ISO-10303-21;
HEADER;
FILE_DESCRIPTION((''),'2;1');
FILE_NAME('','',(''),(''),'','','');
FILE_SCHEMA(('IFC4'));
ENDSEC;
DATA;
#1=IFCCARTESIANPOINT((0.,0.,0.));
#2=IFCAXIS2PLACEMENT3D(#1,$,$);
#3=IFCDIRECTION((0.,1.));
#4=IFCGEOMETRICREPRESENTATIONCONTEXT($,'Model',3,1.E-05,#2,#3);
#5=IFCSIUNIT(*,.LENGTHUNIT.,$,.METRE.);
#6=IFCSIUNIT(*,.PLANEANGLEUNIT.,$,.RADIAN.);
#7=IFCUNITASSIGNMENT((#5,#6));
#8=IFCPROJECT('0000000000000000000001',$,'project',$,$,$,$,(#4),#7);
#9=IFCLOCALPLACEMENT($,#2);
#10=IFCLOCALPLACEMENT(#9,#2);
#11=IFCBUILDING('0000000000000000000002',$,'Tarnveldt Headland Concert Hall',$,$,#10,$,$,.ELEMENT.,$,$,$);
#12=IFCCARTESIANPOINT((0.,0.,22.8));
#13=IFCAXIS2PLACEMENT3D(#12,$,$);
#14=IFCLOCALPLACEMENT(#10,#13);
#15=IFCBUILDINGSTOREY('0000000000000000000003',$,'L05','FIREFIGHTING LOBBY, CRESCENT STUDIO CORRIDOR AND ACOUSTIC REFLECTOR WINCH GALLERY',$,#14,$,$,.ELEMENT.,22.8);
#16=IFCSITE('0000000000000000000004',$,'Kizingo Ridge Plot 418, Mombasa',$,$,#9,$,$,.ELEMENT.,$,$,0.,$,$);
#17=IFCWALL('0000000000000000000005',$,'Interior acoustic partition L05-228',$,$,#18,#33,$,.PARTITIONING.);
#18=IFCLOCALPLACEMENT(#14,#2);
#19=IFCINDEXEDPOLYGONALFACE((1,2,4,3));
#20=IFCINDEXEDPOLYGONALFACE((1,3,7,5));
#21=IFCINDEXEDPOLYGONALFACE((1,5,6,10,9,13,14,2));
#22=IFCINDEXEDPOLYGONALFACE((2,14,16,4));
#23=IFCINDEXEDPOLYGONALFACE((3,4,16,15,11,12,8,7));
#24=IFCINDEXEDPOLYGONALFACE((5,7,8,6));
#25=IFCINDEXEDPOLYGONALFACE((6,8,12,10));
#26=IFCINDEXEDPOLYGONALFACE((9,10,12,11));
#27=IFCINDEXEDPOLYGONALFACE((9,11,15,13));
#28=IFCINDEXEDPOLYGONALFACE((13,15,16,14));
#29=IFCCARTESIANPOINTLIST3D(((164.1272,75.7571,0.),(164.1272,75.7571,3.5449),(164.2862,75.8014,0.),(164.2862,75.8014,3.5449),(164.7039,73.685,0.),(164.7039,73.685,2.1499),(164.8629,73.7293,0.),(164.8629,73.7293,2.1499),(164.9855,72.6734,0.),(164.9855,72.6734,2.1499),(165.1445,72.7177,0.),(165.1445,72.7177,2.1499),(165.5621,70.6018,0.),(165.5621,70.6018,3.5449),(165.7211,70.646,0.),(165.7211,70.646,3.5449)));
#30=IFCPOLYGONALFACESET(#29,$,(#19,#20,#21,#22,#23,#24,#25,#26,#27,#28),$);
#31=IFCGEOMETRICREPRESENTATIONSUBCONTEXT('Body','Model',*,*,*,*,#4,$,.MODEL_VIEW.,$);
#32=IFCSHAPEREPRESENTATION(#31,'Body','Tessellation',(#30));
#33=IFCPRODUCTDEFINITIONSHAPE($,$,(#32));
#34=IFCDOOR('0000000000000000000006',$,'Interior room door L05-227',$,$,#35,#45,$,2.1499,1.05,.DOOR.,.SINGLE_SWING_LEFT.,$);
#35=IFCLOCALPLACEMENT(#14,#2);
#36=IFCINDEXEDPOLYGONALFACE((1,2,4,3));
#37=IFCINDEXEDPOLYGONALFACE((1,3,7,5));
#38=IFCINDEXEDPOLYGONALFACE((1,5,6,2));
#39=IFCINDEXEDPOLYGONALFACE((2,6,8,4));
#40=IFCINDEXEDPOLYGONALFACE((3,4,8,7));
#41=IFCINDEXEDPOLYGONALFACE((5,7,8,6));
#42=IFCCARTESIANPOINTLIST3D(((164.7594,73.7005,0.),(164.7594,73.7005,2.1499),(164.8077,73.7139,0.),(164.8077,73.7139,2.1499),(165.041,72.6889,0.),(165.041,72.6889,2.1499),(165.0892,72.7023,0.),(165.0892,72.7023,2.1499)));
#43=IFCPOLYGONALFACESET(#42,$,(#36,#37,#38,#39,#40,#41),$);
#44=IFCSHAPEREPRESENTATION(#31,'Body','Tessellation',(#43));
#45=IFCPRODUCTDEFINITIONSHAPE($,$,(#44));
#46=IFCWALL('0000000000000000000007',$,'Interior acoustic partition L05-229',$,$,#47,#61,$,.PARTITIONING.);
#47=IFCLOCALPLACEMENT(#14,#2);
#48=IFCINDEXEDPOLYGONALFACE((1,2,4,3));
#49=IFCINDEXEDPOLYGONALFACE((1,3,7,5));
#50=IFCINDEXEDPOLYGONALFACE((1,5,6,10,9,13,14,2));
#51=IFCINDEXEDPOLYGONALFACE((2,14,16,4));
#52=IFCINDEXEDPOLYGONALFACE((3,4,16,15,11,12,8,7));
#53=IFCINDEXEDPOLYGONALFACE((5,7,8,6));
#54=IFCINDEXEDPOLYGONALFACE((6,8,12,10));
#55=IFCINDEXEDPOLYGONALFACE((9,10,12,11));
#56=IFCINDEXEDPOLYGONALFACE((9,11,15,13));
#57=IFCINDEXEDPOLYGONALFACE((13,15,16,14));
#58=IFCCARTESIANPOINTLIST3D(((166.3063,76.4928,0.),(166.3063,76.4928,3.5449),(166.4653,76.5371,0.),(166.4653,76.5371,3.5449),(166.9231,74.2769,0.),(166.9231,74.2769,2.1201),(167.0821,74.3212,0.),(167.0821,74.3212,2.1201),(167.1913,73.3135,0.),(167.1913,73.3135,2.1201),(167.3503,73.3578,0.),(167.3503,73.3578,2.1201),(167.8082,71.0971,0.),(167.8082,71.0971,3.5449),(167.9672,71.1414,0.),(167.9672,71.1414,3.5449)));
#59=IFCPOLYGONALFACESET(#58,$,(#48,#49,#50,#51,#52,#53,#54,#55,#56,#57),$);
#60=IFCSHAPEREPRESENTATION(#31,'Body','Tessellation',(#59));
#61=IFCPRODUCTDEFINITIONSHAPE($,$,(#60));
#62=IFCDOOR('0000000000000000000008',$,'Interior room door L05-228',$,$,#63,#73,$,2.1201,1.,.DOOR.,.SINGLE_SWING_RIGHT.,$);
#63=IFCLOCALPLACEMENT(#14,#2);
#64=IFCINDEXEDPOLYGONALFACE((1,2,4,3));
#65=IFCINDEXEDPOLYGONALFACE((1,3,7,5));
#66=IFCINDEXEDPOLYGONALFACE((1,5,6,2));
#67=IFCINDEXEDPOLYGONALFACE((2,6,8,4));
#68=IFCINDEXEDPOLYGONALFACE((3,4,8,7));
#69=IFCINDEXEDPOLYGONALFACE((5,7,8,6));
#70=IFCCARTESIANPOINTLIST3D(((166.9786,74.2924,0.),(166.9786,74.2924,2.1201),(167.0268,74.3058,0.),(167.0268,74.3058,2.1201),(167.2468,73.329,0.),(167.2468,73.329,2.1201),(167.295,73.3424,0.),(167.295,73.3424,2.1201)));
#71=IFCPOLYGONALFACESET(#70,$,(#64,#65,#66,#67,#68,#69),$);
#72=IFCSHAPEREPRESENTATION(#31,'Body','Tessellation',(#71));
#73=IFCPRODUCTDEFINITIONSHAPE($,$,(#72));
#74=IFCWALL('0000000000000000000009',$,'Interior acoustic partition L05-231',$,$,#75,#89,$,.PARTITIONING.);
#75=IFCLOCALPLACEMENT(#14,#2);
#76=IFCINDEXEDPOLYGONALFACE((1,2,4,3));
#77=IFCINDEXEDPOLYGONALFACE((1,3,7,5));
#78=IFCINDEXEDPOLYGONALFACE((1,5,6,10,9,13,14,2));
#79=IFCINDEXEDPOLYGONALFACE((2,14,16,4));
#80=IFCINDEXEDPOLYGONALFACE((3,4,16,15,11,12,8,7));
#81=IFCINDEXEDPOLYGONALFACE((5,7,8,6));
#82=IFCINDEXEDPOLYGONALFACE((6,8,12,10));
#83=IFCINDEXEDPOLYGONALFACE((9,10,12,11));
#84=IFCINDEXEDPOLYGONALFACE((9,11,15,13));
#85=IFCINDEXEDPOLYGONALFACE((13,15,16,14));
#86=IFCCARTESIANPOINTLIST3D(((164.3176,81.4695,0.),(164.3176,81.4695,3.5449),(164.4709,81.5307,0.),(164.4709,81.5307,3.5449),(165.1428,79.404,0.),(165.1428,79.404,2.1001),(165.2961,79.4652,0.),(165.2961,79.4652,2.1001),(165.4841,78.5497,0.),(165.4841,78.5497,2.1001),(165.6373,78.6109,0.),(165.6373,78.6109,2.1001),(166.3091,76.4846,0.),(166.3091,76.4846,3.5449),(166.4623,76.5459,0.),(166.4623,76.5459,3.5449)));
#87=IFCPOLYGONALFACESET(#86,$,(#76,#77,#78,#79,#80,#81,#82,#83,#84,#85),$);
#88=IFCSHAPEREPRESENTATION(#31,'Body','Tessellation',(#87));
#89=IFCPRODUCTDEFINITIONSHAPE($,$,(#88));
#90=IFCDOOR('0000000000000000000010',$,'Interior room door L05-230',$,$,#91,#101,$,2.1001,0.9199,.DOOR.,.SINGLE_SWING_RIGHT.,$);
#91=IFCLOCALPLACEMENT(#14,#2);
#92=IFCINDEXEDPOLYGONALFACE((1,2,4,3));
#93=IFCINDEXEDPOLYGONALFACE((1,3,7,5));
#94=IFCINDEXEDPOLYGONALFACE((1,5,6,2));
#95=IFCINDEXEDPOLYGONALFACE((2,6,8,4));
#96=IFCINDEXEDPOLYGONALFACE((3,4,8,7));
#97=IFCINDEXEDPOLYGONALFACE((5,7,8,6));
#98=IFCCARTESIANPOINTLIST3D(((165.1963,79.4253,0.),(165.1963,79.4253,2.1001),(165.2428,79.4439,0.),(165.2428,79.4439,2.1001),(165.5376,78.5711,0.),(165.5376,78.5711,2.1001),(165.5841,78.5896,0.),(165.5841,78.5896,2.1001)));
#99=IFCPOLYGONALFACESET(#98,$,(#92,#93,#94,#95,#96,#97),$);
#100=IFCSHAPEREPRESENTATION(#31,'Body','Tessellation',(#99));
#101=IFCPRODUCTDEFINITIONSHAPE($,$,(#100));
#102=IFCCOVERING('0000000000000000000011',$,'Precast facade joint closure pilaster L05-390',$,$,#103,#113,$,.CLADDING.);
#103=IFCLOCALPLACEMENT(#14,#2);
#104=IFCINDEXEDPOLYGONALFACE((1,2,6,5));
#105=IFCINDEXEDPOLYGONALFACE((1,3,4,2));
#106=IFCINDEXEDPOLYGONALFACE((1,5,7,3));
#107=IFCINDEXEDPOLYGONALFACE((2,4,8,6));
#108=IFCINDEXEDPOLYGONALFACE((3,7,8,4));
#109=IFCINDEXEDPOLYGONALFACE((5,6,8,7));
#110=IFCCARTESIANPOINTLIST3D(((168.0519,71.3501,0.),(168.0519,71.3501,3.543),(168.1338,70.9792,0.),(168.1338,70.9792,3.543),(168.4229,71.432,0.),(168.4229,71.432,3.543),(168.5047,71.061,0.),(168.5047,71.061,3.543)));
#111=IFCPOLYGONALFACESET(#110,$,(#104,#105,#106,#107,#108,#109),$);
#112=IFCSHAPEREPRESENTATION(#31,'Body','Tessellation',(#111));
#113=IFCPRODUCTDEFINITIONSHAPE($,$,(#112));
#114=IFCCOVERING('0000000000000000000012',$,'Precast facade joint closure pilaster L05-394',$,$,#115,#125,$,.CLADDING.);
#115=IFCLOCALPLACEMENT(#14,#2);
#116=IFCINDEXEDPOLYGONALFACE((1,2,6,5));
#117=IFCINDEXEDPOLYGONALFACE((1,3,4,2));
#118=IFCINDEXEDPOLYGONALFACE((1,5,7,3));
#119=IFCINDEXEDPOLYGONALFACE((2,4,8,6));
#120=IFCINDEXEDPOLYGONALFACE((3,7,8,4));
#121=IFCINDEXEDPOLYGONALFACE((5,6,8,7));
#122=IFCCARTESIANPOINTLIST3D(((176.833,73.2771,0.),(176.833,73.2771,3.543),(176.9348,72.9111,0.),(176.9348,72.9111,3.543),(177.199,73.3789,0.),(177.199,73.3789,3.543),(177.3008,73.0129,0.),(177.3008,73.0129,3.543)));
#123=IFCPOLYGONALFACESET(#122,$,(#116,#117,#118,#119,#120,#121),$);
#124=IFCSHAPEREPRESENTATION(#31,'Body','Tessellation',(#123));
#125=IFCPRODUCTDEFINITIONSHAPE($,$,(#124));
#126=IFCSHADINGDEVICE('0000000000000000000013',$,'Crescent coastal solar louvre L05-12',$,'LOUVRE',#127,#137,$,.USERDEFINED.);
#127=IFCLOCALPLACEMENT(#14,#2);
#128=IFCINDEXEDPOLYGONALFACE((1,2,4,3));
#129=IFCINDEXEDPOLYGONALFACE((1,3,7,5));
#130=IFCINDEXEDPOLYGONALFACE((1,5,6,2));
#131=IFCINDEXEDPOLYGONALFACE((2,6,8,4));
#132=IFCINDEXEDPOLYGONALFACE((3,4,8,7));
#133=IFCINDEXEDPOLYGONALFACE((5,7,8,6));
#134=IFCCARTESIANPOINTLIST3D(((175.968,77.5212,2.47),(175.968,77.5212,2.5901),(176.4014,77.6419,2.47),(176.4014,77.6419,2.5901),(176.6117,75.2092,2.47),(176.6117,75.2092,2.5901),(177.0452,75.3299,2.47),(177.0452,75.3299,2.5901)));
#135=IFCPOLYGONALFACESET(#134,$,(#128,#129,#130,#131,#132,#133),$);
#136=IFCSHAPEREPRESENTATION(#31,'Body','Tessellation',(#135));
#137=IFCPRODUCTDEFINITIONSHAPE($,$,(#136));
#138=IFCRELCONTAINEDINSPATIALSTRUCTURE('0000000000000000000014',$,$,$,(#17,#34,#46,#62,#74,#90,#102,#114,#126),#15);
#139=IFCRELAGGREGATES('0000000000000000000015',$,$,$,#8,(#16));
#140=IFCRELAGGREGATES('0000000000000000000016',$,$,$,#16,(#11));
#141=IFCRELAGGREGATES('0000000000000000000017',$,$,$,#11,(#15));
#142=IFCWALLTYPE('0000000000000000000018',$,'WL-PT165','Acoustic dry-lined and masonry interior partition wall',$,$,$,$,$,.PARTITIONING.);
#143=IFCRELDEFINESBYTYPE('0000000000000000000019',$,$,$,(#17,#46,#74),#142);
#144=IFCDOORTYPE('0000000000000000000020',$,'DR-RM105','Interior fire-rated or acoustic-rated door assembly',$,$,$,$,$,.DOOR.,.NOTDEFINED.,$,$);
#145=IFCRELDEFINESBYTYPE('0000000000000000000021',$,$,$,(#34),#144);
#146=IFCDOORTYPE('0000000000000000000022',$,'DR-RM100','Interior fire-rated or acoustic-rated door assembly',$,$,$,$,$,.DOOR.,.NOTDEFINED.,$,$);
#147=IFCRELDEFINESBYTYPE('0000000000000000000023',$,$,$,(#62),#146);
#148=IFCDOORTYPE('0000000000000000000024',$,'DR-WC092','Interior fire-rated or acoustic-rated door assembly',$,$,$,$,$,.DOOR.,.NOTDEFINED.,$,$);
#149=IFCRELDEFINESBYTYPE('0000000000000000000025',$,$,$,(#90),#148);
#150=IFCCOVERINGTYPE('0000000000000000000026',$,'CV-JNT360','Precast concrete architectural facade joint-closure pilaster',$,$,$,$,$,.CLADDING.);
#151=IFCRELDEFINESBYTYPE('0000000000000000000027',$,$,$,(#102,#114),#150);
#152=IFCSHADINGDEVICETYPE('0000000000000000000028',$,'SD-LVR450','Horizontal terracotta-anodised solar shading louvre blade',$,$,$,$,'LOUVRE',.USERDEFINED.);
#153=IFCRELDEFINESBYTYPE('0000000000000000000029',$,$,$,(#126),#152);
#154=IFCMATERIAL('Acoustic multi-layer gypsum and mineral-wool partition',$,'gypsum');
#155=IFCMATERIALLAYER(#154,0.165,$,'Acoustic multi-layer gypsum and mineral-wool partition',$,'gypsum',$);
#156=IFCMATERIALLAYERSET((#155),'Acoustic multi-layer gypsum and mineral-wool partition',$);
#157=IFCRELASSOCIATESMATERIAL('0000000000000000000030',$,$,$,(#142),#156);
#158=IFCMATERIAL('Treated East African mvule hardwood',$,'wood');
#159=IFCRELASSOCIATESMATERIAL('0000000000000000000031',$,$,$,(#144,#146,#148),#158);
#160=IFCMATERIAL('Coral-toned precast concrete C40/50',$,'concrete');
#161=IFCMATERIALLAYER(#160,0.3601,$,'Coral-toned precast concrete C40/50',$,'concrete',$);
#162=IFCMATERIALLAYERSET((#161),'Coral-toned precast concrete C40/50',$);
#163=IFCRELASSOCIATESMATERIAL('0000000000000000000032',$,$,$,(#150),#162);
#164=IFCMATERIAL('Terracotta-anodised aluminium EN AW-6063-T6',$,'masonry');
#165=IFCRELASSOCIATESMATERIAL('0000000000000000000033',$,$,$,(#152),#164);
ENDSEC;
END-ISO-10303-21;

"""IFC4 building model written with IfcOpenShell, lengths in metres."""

from ifc_helpers import new_model, si_unit, direction, frame, frame_2d, origin, origin_2d, place, context, subcontext, project, spatial, rectangle, extrude, material, layer, layer_set, type_object, element, fill, save


model = new_model("IFC4")

# Units and contexts
model_context = context("Model", 3, precision=1e-05, world=origin(), true_north=direction((0.0, 1.0)))
body_context = subcontext(model_context, "Body", "Model", "MODEL_VIEW")
ifc_project = project(units=[si_unit("LENGTHUNIT", "METRE"), si_unit("PLANEANGLEUNIT", "RADIAN")], contexts=[model_context])

# Site, building, storey
site_placement = place(None, origin())
site = spatial("IfcSite", under=ifc_project, at=site_placement, Name="Kizingo Ridge Plot 418, Mombasa", CompositionType="ELEMENT", RefElevation=0.0)
building_placement = place(site_placement, origin())
building = spatial("IfcBuilding", under=site, at=building_placement, Name="Tarnveldt Headland Concert Hall", CompositionType="ELEMENT")
storey_placement = place(building_placement, frame((0.0, 0.0, 22.8)))
storey = spatial("IfcBuildingStorey", under=building, at=storey_placement, Name="L05", Description="FIREFIGHTING LOBBY, CRESCENT STUDIO CORRIDOR AND ACOUSTIC REFLECTOR WINCH GALLERY", CompositionType="ELEMENT", Elevation=22.8)

# Shared definitions
ifc_material_1 = material(Name="Coral-toned precast concrete C40/50", Category="concrete")

# Shared definitions
ifc_material_2 = material(Name="Acoustic multi-layer gypsum and mineral-wool partition", Category="gypsum")

# Walls, openings, doors
ifc_layer_1 = layer(ifc_material_2, 0.165, Name="Acoustic multi-layer gypsum and mineral-wool partition", Category="gypsum")
ifc_layer_set_1 = layer_set([ifc_layer_1], Name="Acoustic multi-layer gypsum and mineral-wool partition")
wall_type_1 = type_object("IfcWallType", Name="WL-PT165", Description="Acoustic dry-lined and masonry interior partition wall", PredefinedType="PARTITIONING", material=ifc_layer_set_1)
wall_1_placement = place(storey_placement, frame((165.6416, 70.6238, 0.0), z_axis=(0.0, 0.0, 1.0), x_axis=(-0.268129, 0.963383, 0.0)))
wall_1 = element("IfcWall", 1, at=wall_1_placement, inside=storey, type_object=wall_type_1, Name="Interior acoustic partition L05-228", PredefinedType="PARTITIONING", context=body_context, shape_type="SweptSolid", body=[
    extrude(rectangle(XDim=5.3513, YDim=0.165, at=frame_2d((2.6758, 0.0))), origin(), (0.0, 0.0, 1.0), 3.5449),
])
opening_1_placement = place(wall_1_placement, frame((2.1506, 0.0, 0.0)))
opening_1 = element("IfcOpeningElement", 2, at=opening_1_placement, cuts=wall_1, PredefinedType="OPENING", context=body_context, shape_type="SweptSolid", body=[
    extrude(rectangle(XDim=1.05, YDim=2.1499, at=frame_2d((0.5249, 1.075))), frame((0.0, 0.0925, 0.0), z_axis=(0.0, -1.0, 0.0), x_axis=(1.0, 0.0, 0.0)), (0.0, 0.0, 1.0), 0.1851),
])
ifc_material_3 = material(Name="Treated East African mvule hardwood", Category="wood")
door_type_1 = type_object("IfcDoorType", Name="DR-RM105", Description="Interior fire-rated or acoustic-rated door assembly", OperationType="NOTDEFINED", PredefinedType="DOOR", material=ifc_material_3)
door_1_placement = place(opening_1_placement, origin())
door_1 = element("IfcDoor", 3, at=door_1_placement, inside=storey, type_object=door_type_1, Name="Interior room door L05-227", OperationType="SINGLE_SWING_LEFT", OverallHeight=2.1499, OverallWidth=1.05, PredefinedType="DOOR", context=body_context, shape_type="SweptSolid", body=[
    extrude(rectangle(XDim=1.05, YDim=2.1499, at=frame_2d((0.5249, 1.075))), frame((0.0, 0.0249, 0.0), z_axis=(0.0, -1.0, 0.0), x_axis=(1.0, 0.0, 0.0)), (0.0, 0.0, 1.0), 0.05),
])
fill(opening_1, door_1)
wall_2_placement = place(storey_placement, frame((167.8877, 71.1194, 0.0), z_axis=(0.0, 0.0, 1.0), x_axis=(-0.268163, 0.963374, 0.0)))
wall_2 = element("IfcWall", 4, at=wall_2_placement, inside=storey, type_object=wall_type_1, Name="Interior acoustic partition L05-229", PredefinedType="PARTITIONING", context=body_context, shape_type="SweptSolid", body=[
    extrude(rectangle(XDim=5.6008, YDim=0.165, at=frame_2d((2.8003, 0.0))), origin(), (0.0, 0.0, 1.0), 3.5449),
])
opening_2_placement = place(wall_2_placement, frame((2.3005, 0.0, 0.0)))
opening_2 = element("IfcOpeningElement", 5, at=opening_2_placement, cuts=wall_2, PredefinedType="OPENING", context=body_context, shape_type="SweptSolid", body=[
    extrude(rectangle(XDim=1.0, YDim=2.1201, at=frame_2d((0.5, 1.0601))), frame((0.0, 0.0925, 0.0), z_axis=(0.0, -1.0, 0.0), x_axis=(1.0, 0.0, 0.0)), (0.0, 0.0, 1.0), 0.1851),
])
door_type_2 = type_object("IfcDoorType", Name="DR-RM100", Description="Interior fire-rated or acoustic-rated door assembly", OperationType="NOTDEFINED", PredefinedType="DOOR", material=ifc_material_3)
door_2_placement = place(opening_2_placement, origin())
door_2 = element("IfcDoor", 6, at=door_2_placement, inside=storey, type_object=door_type_2, Name="Interior room door L05-228", OperationType="SINGLE_SWING_RIGHT", OverallHeight=2.1201, OverallWidth=1.0, PredefinedType="DOOR", context=body_context, shape_type="SweptSolid", body=[
    extrude(rectangle(XDim=1.0, YDim=2.1201, at=frame_2d((0.5, 1.0601))), frame((0.0, 0.0249, 0.0), z_axis=(0.0, -1.0, 0.0), x_axis=(1.0, 0.0, 0.0)), (0.0, 0.0, 1.0), 0.05),
])
fill(opening_2, door_2)
wall_3_placement = place(storey_placement, frame((166.3857, 76.5151, 0.0), z_axis=(0.0, 0.0, 1.0), x_axis=(-0.370991, 0.928637, 0.0)))
wall_3 = element("IfcWall", 7, at=wall_3_placement, inside=storey, type_object=wall_type_1, Name="Interior acoustic partition L05-231", PredefinedType="PARTITIONING", context=body_context, shape_type="SweptSolid", body=[
    extrude(rectangle(XDim=5.3679, YDim=0.165, at=frame_2d((2.6841, 0.0))), origin(), (0.0, 0.0, 1.0), 3.5449),
])
opening_3_placement = place(wall_3_placement, frame((2.2239, 0.0, 0.0)))
opening_3 = element("IfcOpeningElement", 8, at=opening_3_placement, cuts=wall_3, PredefinedType="OPENING", context=body_context, shape_type="SweptSolid", body=[
    extrude(rectangle(XDim=0.9199, YDim=2.1001, at=frame_2d((0.46, 1.05))), frame((0.0, 0.0925, 0.0), z_axis=(0.0, -1.0, 0.0), x_axis=(1.0, 0.0, 0.0)), (0.0, 0.0, 1.0), 0.1851),
])
door_type_3 = type_object("IfcDoorType", Name="DR-WC092", Description="Interior fire-rated or acoustic-rated door assembly", OperationType="NOTDEFINED", PredefinedType="DOOR", material=ifc_material_3)
door_3_placement = place(opening_3_placement, origin())
door_3 = element("IfcDoor", 9, at=door_3_placement, inside=storey, type_object=door_type_3, Name="Interior room door L05-230", OperationType="SINGLE_SWING_RIGHT", OverallHeight=2.1001, OverallWidth=0.9199, PredefinedType="DOOR", context=body_context, shape_type="SweptSolid", body=[
    extrude(rectangle(XDim=0.9199, YDim=2.1001, at=frame_2d((0.46, 1.05))), frame((0.0, 0.0249, 0.0), z_axis=(0.0, -1.0, 0.0), x_axis=(1.0, 0.0, 0.0)), (0.0, 0.0, 1.0), 0.05),
])
fill(opening_3, door_3)

# Coverings
ifc_layer_2 = layer(ifc_material_1, 0.3601, Name="Coral-toned precast concrete C40/50", Category="concrete")
ifc_layer_set_2 = layer_set([ifc_layer_2], Name="Coral-toned precast concrete C40/50")
covering_type = type_object("IfcCoveringType", Name="CV-JNT360", Description="Precast concrete architectural facade joint-closure pilaster", PredefinedType="CLADDING", material=ifc_layer_set_2)
for number, where, z_axis, x_axis, name in (
    (10, (168.2783, 71.2056, 0.0), (0.0, 0.0, 1.0), (-0.976522, -0.215417, 0.0), "Precast facade joint closure pilaster L05-390"),
    (11, (177.0669, 73.145, 0.0), (0.0, 0.0, 1.0), (0.268079, -0.963397, 0.0), "Precast facade joint closure pilaster L05-394"),
):
    element("IfcCovering", number, at=place(storey_placement, frame(where, z_axis=z_axis, x_axis=x_axis)), inside=storey, type_object=covering_type, Name=name, PredefinedType="CLADDING", context=body_context, shape_type="SweptSolid", body=[
        extrude(rectangle(XDim=0.3799, YDim=0.3799, at=origin_2d()), origin(), (0.0, 0.0, 1.0), 3.543),
    ])

# Shading device
ifc_material_4 = material(Name="Terracotta-anodised aluminium EN AW-6063-T6", Category="masonry")
shading_device_type = type_object("IfcShadingDeviceType", Name="SD-LVR450", Description="Horizontal terracotta-anodised solar shading louvre blade", ElementType="LOUVRE", PredefinedType="USERDEFINED", material=ifc_material_4)
shading_device_placement = place(storey_placement, frame((176.5066, 76.4255, 2.47), z_axis=(0.0, 0.0, 1.0), x_axis=(0.96335, 0.268247, 0.0)))
element("IfcShadingDevice", 12, at=shading_device_placement, inside=storey, type_object=shading_device_type, Name="Crescent coastal solar louvre L05-12", ObjectType="LOUVRE", PredefinedType="USERDEFINED", context=body_context, shape_type="SweptSolid", body=[
    extrude(rectangle(XDim=0.45, YDim=2.3999, at=origin_2d()), origin(), (0.0, 0.0, 1.0), 0.1201),
])

save(model, "model.ifc")
